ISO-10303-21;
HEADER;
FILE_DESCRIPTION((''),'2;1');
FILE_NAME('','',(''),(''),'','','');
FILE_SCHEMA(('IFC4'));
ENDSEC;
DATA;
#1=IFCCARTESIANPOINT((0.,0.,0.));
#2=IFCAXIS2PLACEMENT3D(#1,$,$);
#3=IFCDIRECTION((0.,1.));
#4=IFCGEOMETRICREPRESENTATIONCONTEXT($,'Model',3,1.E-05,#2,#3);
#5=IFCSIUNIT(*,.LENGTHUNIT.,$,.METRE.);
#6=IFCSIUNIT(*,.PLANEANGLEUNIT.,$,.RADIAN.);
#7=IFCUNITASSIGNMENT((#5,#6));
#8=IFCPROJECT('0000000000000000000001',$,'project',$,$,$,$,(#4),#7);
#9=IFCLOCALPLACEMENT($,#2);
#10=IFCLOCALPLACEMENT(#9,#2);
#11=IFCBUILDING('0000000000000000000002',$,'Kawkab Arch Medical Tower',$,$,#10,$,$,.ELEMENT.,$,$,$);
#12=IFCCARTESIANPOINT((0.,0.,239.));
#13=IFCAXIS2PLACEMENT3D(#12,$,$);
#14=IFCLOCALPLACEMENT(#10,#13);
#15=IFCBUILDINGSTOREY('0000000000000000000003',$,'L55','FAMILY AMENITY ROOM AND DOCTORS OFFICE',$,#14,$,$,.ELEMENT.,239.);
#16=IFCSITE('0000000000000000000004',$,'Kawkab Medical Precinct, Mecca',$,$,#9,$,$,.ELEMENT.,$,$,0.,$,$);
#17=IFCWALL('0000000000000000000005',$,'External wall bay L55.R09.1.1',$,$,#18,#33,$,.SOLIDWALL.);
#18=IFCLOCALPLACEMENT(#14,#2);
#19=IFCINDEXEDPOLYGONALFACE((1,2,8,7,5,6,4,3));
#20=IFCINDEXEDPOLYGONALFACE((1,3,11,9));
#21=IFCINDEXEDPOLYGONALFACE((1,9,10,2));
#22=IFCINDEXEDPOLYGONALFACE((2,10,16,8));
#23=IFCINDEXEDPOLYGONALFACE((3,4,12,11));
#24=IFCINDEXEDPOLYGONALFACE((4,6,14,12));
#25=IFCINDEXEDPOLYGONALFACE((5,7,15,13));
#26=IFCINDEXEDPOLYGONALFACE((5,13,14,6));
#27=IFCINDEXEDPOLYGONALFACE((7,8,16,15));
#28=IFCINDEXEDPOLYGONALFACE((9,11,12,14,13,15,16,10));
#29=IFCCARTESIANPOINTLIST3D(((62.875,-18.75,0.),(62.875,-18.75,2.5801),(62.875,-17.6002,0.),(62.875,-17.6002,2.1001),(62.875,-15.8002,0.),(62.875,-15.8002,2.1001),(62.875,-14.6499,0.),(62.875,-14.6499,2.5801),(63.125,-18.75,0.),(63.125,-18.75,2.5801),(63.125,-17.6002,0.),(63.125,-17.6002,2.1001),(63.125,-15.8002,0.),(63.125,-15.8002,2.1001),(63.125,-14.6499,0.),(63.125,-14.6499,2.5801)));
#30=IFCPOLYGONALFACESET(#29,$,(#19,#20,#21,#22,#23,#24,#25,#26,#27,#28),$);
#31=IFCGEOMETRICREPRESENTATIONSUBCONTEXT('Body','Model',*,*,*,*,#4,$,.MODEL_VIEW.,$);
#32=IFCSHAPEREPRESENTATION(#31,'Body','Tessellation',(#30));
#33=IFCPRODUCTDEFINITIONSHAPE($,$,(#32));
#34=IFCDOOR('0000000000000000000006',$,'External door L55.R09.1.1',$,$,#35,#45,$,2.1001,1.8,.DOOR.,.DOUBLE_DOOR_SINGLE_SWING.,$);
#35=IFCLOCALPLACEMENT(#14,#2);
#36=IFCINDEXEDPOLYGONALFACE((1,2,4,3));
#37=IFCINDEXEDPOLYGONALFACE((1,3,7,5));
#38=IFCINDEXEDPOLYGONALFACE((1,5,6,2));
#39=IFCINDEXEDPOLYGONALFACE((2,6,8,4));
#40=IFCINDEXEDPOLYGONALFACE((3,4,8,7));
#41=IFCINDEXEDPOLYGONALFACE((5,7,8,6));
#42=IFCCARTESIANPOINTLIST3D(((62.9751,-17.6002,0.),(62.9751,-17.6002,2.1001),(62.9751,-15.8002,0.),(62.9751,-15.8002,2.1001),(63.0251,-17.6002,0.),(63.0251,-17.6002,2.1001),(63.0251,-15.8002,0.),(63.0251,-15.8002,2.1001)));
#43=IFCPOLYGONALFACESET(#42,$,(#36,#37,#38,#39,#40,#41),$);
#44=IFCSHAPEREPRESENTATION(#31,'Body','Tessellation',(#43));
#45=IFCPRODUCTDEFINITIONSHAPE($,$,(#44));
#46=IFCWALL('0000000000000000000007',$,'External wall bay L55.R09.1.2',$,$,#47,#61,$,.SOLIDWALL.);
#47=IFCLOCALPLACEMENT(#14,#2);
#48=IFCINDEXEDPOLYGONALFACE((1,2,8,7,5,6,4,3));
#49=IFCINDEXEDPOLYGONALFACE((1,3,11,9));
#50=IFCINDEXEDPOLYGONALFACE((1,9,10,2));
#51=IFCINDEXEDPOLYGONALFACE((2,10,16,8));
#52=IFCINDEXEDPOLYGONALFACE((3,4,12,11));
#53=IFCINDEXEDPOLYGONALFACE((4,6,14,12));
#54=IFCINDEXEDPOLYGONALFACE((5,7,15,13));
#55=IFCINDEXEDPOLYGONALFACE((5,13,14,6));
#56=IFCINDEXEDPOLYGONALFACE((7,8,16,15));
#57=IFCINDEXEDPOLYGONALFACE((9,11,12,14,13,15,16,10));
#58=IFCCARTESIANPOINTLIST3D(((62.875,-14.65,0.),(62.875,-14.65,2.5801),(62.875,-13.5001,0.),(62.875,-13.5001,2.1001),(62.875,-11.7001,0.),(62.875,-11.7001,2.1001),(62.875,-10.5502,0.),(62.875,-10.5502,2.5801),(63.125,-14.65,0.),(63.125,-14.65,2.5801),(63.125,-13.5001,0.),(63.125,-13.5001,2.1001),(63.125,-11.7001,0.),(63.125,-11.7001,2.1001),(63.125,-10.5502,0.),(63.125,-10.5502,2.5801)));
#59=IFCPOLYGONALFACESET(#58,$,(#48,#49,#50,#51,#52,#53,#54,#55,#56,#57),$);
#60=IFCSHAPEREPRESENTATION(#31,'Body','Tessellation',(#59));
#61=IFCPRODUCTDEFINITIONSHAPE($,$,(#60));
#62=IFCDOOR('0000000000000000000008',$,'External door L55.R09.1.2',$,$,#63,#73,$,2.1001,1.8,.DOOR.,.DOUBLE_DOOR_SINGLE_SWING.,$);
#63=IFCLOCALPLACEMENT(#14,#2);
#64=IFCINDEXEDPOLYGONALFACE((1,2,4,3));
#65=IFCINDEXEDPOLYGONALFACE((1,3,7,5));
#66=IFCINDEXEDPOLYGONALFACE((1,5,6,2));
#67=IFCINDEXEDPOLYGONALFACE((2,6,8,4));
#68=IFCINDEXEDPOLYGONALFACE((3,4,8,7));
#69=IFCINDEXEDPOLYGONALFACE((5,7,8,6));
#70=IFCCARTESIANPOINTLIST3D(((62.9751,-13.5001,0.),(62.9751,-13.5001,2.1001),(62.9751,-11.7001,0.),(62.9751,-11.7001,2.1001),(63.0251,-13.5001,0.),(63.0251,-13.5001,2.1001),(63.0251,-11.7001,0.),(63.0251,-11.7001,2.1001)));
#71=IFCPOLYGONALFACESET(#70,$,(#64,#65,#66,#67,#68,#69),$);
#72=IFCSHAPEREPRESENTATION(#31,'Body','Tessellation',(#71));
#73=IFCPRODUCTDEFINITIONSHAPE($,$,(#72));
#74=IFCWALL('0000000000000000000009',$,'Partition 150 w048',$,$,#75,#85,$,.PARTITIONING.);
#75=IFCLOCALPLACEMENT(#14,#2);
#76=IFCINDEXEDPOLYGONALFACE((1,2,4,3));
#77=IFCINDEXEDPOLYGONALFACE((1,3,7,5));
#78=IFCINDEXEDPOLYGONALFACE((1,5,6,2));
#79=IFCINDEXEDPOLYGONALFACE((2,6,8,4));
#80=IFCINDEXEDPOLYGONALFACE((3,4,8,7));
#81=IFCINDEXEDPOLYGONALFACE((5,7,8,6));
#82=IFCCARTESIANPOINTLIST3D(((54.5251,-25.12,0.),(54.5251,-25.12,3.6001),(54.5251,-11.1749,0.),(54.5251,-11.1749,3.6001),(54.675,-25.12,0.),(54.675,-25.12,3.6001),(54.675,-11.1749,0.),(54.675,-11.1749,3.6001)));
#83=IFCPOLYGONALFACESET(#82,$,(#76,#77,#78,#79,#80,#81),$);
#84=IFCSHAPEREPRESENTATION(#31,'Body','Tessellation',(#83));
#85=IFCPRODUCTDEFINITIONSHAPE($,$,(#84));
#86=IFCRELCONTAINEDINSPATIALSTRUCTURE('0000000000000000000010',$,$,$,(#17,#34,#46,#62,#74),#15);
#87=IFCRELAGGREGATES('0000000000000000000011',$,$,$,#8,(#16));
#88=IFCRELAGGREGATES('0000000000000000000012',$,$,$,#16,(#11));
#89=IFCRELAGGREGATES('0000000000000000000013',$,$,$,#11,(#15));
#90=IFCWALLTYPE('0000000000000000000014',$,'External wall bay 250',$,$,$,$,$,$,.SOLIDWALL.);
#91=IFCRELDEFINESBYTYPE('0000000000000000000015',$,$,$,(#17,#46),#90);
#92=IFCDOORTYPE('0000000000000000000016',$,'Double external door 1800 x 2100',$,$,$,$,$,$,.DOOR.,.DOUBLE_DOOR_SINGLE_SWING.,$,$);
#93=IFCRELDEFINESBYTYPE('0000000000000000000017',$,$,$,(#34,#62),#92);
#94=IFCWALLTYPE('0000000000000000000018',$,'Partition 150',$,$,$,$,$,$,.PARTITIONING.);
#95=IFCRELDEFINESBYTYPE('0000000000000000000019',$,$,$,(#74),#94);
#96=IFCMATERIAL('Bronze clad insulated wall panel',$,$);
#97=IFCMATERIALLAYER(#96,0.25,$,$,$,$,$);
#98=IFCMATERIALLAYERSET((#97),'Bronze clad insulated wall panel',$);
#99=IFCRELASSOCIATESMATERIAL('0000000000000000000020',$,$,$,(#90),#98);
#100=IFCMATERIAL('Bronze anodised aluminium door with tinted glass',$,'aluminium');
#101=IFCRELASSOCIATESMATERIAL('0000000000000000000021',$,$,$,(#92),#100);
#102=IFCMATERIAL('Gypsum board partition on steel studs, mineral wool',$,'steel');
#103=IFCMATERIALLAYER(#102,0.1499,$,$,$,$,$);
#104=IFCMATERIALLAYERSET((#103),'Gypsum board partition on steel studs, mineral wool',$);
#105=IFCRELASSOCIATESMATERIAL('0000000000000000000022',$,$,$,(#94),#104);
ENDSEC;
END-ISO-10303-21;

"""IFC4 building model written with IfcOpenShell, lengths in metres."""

from ifc_helpers import new_model, si_unit, direction, frame, frame_2d, origin, place, context, subcontext, project, spatial, rectangle, extrude, material, layer, layer_set, type_object, element, fill, save


model = new_model("IFC4")

# Units and contexts
model_context = context("Model", 3, precision=1e-05, world=origin(), true_north=direction((0.0, 1.0)))
body_context = subcontext(model_context, "Body", "Model", "MODEL_VIEW")
ifc_project = project(units=[si_unit("LENGTHUNIT", "METRE"), si_unit("PLANEANGLEUNIT", "RADIAN")], contexts=[model_context])

# Site, building, storey
site_placement = place(None, origin())
site = spatial("IfcSite", under=ifc_project, at=site_placement, Name="Kawkab Medical Precinct, Mecca", CompositionType="ELEMENT", RefElevation=0.0)
building_placement = place(site_placement, origin())
building = spatial("IfcBuilding", under=site, at=building_placement, Name="Kawkab Arch Medical Tower", CompositionType="ELEMENT")
storey_placement = place(building_placement, frame((0.0, 0.0, 239.0)))
storey = spatial("IfcBuildingStorey", under=building, at=storey_placement, Name="L55", Description="FAMILY AMENITY ROOM AND DOCTORS OFFICE", CompositionType="ELEMENT", Elevation=239.0)

# Walls, openings, doors
ifc_material_1 = material(Name="Bronze clad insulated wall panel")
ifc_layer_1 = layer(ifc_material_1, 0.25)
ifc_layer_set_1 = layer_set([ifc_layer_1], Name="Bronze clad insulated wall panel")
wall_type_1 = type_object("IfcWallType", Name="External wall bay 250", PredefinedType="SOLIDWALL", material=ifc_layer_set_1)
wall_1_placement = place(storey_placement, frame((63.0, -18.75, 0.0), z_axis=(0.0, 0.0, 1.0), x_axis=(0.0, 1.0, 0.0)))
wall_1 = element("IfcWall", 1, at=wall_1_placement, inside=storey, type_object=wall_type_1, Name="External wall bay L55.R09.1.1", PredefinedType="SOLIDWALL", context=body_context, shape_type="SweptSolid", body=[
    extrude(rectangle(XDim=4.1001, YDim=0.25, at=frame_2d((2.05, 0.0))), origin(), (0.0, 0.0, 1.0), 2.5801),
])
opening_1_placement = place(wall_1_placement, frame((1.1499, 0.0, 0.0)))
opening_1 = element("IfcOpeningElement", 2, at=opening_1_placement, cuts=wall_1, PredefinedType="OPENING", context=body_context, shape_type="SweptSolid", body=[
    extrude(rectangle(XDim=1.8, YDim=2.1001, at=frame_2d((0.8999, 1.05))), frame((0.0, 0.135, 0.0), z_axis=(0.0, -1.0, 0.0), x_axis=(1.0, 0.0, 0.0)), (0.0, 0.0, 1.0), 0.27),
])
ifc_material_2 = material(Name="Bronze anodised aluminium door with tinted glass", Category="aluminium")
door_type = type_object("IfcDoorType", Name="Double external door 1800 x 2100", OperationType="DOUBLE_DOOR_SINGLE_SWING", PredefinedType="DOOR", material=ifc_material_2)
door_1_placement = place(opening_1_placement, origin())
door_1 = element("IfcDoor", 3, at=door_1_placement, inside=storey, type_object=door_type, Name="External door L55.R09.1.1", OperationType="DOUBLE_DOOR_SINGLE_SWING", OverallHeight=2.1001, OverallWidth=1.8, PredefinedType="DOOR", context=body_context, shape_type="SweptSolid", body=[
    extrude(rectangle(XDim=1.8, YDim=2.1001, at=frame_2d((0.8999, 1.05))), frame((0.0, 0.0249, 0.0), z_axis=(0.0, -1.0, 0.0), x_axis=(1.0, 0.0, 0.0)), (0.0, 0.0, 1.0), 0.05),
])
fill(opening_1, door_1)
wall_2_placement = place(storey_placement, frame((63.0, -14.6499, 0.0), z_axis=(0.0, 0.0, 1.0), x_axis=(0.0, 1.0, 0.0)))
wall_2 = element("IfcWall", 4, at=wall_2_placement, inside=storey, type_object=wall_type_1, Name="External wall bay L55.R09.1.2", PredefinedType="SOLIDWALL", context=body_context, shape_type="SweptSolid", body=[
    extrude(rectangle(XDim=4.0999, YDim=0.25, at=frame_2d((2.0498, 0.0))), origin(), (0.0, 0.0, 1.0), 2.5801),
])
opening_2_placement = place(wall_2_placement, frame((1.1499, 0.0, 0.0)))
opening_2 = element("IfcOpeningElement", 5, at=opening_2_placement, cuts=wall_2, PredefinedType="OPENING", context=body_context, shape_type="SweptSolid", body=[
    extrude(rectangle(XDim=1.8, YDim=2.1001, at=frame_2d((0.8999, 1.05))), frame((0.0, 0.135, 0.0), z_axis=(0.0, -1.0, 0.0), x_axis=(1.0, 0.0, 0.0)), (0.0, 0.0, 1.0), 0.27),
])
door_2_placement = place(opening_2_placement, origin())
door_2 = element("IfcDoor", 6, at=door_2_placement, inside=storey, type_object=door_type, Name="External door L55.R09.1.2", OperationType="DOUBLE_DOOR_SINGLE_SWING", OverallHeight=2.1001, OverallWidth=1.8, PredefinedType="DOOR", context=body_context, shape_type="SweptSolid", body=[
    extrude(rectangle(XDim=1.8, YDim=2.1001, at=frame_2d((0.8999, 1.05))), frame((0.0, 0.0249, 0.0), z_axis=(0.0, -1.0, 0.0), x_axis=(1.0, 0.0, 0.0)), (0.0, 0.0, 1.0), 0.05),
])
fill(opening_2, door_2)

# Wall
ifc_material_3 = material(Name="Gypsum board partition on steel studs, mineral wool", Category="steel")
ifc_layer_2 = layer(ifc_material_3, 0.1499)
ifc_layer_set_2 = layer_set([ifc_layer_2], Name="Gypsum board partition on steel studs, mineral wool")
wall_type_2 = type_object("IfcWallType", Name="Partition 150", PredefinedType="PARTITIONING", material=ifc_layer_set_2)
wall_3_placement = place(storey_placement, frame((54.6001, -25.1201, 0.0), z_axis=(0.0, 0.0, 1.0), x_axis=(0.0, 1.0, 0.0)))
element("IfcWall", 7, at=wall_3_placement, inside=storey, type_object=wall_type_2, Name="Partition 150 w048", PredefinedType="PARTITIONING", context=body_context, shape_type="SweptSolid", body=[
    extrude(rectangle(XDim=13.9451, YDim=0.1499, at=frame_2d((6.9727, 0.0))), origin(), (0.0, 0.0, 1.0), 3.6001),
])

save(model, "model.ifc")
